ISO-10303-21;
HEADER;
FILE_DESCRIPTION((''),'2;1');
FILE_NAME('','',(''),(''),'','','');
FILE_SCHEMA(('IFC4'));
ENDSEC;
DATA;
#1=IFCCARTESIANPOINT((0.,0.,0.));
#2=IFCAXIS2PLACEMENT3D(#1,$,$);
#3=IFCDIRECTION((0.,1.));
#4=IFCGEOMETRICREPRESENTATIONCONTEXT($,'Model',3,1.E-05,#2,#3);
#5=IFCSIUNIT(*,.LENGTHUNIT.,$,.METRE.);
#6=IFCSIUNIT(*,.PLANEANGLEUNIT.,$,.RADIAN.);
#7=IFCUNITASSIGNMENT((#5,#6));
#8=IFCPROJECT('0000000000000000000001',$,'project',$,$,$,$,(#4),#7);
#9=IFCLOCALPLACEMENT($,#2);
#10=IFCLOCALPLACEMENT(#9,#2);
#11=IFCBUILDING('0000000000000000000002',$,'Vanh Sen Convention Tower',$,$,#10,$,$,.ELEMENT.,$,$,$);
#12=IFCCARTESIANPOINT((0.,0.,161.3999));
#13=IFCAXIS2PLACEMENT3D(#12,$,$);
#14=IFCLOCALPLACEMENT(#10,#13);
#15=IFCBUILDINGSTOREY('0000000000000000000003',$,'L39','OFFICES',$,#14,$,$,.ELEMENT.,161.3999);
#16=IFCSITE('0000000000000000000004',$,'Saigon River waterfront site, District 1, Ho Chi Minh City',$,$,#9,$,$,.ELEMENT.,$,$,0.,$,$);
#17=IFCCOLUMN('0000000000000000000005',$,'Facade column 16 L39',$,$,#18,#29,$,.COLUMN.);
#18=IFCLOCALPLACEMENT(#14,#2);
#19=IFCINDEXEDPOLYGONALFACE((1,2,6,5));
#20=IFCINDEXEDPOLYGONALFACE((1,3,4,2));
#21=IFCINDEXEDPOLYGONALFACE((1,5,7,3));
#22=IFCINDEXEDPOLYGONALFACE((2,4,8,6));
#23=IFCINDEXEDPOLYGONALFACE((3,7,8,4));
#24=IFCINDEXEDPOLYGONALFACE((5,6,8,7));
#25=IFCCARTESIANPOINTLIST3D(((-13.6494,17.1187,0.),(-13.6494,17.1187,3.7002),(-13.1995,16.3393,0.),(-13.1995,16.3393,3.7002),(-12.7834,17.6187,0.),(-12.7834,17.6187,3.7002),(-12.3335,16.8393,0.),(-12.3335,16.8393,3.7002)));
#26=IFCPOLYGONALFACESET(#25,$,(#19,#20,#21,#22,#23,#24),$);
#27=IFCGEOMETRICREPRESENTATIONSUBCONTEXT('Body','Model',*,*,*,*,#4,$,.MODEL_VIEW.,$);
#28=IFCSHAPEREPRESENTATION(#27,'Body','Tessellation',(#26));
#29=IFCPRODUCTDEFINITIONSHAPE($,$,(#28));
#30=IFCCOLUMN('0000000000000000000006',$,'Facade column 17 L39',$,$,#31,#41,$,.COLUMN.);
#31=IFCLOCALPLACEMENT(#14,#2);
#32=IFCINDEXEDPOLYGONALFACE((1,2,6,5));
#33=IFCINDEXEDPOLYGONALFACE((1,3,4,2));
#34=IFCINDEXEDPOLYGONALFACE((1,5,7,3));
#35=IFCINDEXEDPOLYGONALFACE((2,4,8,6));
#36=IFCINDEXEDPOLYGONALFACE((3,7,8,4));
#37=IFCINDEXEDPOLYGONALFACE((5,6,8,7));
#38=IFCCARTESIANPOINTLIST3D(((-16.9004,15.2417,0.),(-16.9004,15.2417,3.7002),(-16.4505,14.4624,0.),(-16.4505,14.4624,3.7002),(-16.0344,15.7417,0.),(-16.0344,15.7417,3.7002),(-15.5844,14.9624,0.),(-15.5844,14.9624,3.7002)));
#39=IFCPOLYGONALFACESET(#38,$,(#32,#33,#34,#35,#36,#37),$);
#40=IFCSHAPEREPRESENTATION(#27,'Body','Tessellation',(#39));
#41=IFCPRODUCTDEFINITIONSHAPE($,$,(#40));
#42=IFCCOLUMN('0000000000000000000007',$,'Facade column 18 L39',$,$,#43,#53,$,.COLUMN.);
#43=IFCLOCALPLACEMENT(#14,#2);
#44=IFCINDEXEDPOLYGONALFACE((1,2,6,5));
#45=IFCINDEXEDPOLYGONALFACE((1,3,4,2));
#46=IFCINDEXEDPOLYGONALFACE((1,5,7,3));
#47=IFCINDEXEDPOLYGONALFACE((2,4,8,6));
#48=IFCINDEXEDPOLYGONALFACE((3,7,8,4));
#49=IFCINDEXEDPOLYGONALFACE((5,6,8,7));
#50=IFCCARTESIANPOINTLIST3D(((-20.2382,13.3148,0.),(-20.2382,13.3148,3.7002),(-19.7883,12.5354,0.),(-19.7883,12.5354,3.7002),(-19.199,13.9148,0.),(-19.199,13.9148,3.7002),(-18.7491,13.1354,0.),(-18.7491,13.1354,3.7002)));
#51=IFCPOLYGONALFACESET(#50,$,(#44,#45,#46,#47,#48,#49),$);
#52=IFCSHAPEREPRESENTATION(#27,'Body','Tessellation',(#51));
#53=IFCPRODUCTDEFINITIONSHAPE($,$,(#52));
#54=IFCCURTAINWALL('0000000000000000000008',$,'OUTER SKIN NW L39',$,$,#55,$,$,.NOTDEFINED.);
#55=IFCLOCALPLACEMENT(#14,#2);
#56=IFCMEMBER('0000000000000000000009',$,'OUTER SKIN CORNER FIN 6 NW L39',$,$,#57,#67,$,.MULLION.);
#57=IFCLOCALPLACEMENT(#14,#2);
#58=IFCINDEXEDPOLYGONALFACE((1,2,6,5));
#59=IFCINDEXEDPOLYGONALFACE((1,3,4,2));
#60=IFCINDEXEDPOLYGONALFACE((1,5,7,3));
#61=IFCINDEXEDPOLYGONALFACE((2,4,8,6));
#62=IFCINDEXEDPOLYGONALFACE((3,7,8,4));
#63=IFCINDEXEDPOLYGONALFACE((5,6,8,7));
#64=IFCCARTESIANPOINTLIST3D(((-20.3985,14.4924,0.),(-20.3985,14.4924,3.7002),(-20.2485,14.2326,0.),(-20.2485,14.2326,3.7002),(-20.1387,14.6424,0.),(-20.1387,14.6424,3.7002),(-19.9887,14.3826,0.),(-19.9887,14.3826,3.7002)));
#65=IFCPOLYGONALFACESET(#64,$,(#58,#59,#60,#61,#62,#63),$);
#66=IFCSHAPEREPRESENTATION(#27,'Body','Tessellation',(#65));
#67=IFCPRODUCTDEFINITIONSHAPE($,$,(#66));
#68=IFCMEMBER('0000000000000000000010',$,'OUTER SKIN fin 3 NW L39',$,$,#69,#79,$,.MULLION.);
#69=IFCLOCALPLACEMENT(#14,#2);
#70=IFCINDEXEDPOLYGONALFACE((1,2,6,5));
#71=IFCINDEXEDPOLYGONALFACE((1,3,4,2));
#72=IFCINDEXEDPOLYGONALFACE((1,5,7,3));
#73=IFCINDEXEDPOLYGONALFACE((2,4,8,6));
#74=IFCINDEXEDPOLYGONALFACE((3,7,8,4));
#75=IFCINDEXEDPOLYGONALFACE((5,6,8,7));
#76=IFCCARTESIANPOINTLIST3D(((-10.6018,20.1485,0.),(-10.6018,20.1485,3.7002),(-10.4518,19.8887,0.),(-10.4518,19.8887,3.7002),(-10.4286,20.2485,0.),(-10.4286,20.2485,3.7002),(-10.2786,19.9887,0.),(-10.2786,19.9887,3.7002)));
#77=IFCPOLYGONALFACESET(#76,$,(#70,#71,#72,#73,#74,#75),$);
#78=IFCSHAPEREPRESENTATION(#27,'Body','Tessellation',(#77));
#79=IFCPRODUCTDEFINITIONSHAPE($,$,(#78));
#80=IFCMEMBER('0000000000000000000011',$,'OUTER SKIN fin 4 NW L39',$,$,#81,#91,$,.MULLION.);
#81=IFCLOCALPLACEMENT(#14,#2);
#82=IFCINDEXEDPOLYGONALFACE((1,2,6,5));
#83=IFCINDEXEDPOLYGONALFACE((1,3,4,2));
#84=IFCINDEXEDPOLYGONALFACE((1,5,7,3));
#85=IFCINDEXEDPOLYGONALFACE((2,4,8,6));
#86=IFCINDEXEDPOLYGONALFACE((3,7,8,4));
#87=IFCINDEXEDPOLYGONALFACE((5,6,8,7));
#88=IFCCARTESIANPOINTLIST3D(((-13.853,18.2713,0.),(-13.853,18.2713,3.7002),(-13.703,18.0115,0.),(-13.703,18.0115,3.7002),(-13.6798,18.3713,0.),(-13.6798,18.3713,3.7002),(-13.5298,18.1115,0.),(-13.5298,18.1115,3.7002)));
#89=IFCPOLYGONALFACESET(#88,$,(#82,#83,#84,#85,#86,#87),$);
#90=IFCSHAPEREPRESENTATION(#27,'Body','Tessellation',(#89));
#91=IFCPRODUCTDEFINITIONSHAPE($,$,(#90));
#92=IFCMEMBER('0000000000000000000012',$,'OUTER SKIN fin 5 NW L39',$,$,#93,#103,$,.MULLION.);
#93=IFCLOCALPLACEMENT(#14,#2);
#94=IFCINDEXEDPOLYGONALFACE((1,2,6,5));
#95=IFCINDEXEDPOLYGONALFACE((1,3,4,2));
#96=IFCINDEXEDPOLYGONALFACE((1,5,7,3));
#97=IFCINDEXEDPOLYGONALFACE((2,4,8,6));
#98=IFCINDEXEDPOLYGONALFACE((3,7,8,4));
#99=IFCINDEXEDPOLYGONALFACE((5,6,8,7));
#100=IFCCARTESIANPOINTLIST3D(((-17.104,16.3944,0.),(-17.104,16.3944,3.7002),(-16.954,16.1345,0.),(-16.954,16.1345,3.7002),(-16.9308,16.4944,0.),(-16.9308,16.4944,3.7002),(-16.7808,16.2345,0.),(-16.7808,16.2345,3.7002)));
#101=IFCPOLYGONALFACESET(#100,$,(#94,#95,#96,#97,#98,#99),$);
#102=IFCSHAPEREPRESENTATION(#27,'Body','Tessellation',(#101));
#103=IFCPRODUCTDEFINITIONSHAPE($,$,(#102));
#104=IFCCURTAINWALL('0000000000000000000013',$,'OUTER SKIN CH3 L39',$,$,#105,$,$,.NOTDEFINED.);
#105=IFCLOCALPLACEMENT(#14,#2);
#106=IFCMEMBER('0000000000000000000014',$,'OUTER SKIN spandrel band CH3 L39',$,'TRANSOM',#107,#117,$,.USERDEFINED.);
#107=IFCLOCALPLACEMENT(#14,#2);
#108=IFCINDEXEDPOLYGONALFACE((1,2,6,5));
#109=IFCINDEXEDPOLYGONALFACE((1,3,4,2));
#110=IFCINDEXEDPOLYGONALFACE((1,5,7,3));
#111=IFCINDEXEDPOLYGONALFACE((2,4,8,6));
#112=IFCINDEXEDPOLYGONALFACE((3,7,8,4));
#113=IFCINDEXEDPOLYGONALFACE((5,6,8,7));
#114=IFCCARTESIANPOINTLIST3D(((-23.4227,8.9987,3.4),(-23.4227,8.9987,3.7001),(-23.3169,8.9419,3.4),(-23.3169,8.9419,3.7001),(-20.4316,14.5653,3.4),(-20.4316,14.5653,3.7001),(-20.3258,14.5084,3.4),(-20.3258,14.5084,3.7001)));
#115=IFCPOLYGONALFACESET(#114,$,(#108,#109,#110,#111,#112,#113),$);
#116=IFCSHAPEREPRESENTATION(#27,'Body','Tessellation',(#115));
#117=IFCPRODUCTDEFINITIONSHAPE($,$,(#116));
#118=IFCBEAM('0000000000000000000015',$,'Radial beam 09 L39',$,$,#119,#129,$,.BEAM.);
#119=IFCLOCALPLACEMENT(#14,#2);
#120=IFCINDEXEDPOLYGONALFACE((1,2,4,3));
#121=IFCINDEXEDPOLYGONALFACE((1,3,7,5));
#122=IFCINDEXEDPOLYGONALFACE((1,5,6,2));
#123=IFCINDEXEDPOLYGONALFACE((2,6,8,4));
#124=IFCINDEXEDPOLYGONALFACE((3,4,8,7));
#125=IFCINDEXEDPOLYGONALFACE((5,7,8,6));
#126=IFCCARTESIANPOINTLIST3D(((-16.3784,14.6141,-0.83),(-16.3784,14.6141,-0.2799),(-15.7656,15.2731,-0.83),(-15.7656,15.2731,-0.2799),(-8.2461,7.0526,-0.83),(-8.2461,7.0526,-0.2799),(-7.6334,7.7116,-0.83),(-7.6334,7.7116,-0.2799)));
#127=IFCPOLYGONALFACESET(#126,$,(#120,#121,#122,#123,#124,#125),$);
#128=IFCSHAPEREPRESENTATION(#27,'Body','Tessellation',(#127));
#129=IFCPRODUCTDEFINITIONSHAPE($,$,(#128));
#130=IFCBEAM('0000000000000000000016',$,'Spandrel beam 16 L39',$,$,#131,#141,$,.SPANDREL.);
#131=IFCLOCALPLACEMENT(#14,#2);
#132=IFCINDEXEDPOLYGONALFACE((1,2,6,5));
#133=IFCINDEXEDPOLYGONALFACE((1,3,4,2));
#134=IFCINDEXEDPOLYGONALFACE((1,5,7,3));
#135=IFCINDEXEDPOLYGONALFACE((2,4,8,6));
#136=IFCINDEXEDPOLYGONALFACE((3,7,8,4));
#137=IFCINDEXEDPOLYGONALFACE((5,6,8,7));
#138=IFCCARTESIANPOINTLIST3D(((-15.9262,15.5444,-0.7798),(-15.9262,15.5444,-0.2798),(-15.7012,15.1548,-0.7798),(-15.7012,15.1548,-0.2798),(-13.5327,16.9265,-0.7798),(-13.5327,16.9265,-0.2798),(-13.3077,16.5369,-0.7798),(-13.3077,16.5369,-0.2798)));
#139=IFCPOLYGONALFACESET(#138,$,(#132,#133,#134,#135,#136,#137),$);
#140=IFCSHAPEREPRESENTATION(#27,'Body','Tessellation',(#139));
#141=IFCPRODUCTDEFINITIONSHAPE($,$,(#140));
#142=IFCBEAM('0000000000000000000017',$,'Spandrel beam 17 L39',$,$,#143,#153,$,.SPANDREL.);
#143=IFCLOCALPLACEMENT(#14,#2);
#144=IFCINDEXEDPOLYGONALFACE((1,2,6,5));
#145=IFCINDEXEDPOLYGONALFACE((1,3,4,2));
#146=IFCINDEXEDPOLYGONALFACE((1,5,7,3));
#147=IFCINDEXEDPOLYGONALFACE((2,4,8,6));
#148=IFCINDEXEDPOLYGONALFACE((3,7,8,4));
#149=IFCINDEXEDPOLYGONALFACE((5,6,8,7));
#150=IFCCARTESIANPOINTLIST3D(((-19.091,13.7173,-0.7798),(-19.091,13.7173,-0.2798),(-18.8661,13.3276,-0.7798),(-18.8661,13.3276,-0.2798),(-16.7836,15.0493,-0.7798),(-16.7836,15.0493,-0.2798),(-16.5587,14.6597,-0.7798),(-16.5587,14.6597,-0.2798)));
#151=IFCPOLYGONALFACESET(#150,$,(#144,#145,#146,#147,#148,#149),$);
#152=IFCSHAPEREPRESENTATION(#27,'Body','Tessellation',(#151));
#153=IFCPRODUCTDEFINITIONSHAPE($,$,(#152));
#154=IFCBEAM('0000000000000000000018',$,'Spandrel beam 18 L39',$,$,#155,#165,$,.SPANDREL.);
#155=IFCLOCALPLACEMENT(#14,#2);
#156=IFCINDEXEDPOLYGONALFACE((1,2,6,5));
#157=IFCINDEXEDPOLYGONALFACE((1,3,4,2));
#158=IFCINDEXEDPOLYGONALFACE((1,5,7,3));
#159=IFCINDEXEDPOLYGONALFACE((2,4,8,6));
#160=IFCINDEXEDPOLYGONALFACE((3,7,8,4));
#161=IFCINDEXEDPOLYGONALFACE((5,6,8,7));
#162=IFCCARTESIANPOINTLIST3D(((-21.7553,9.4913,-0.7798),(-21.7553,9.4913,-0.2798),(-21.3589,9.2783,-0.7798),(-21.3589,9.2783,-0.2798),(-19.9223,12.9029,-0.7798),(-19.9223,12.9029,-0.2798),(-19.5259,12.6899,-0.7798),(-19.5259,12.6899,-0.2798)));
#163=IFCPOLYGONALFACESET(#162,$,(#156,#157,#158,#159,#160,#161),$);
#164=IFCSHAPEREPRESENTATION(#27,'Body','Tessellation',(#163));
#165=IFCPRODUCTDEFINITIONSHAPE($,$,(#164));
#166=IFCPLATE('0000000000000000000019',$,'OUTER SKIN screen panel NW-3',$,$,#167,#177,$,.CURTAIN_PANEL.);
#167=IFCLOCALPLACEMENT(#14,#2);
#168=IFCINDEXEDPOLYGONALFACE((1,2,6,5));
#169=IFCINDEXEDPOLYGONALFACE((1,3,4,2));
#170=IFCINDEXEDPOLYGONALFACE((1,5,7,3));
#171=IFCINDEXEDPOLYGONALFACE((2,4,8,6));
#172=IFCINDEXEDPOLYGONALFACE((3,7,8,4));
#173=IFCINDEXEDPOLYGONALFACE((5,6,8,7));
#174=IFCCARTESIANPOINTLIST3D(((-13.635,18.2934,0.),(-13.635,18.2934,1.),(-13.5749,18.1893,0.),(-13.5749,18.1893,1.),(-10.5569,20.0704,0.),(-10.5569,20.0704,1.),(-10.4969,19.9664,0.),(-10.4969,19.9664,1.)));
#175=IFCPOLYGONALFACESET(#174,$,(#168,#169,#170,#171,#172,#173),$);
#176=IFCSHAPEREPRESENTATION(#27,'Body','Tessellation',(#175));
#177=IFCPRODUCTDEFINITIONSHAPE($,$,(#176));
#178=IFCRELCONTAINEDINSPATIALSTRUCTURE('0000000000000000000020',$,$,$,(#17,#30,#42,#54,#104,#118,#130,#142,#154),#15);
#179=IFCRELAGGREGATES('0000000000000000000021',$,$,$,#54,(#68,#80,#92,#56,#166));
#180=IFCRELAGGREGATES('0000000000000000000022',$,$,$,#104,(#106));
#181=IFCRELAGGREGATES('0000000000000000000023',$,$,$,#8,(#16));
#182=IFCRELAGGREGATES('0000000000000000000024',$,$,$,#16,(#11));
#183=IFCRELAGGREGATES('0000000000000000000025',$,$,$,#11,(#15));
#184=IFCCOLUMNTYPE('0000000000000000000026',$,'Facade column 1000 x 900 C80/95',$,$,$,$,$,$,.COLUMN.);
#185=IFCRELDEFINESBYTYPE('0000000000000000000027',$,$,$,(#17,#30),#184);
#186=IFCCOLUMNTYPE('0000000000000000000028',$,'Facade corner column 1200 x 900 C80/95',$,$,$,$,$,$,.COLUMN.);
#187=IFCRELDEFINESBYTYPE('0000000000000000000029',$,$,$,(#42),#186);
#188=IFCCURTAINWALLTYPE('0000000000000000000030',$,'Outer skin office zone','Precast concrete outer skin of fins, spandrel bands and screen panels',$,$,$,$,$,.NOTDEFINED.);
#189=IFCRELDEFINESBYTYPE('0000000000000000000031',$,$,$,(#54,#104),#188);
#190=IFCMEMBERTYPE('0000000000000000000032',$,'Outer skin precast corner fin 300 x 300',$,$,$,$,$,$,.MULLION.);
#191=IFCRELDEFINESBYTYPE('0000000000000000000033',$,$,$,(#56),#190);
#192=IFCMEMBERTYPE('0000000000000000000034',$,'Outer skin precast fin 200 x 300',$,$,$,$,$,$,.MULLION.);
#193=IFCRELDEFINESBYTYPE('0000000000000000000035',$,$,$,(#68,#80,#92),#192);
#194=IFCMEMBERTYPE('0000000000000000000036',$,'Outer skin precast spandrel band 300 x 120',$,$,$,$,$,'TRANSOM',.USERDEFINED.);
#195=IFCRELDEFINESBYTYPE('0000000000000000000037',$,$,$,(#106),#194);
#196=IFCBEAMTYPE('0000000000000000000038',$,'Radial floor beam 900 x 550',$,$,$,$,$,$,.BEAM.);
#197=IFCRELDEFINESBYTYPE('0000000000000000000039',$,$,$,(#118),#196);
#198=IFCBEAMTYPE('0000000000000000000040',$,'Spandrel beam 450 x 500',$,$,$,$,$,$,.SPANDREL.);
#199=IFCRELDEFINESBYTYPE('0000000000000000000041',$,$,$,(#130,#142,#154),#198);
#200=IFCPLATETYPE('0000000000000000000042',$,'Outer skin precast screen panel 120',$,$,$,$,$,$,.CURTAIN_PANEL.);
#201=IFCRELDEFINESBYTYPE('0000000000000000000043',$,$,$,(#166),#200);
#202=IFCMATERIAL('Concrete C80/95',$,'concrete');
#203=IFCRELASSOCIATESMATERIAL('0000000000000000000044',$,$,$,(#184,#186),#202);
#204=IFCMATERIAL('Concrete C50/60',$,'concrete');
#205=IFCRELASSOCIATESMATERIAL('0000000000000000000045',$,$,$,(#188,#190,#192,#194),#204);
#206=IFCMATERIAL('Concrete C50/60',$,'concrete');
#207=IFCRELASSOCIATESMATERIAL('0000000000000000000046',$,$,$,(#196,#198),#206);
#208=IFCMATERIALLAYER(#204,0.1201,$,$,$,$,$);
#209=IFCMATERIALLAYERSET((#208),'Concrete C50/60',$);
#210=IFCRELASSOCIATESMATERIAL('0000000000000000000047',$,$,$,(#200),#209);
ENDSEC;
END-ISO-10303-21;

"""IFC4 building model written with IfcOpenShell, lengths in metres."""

from ifc_helpers import new_model, si_unit, direction, frame, origin, origin_2d, place, context, subcontext, project, spatial, rectangle, extrude, material, layer, layer_set, material_profile, profile_set, type_object, element, aggregate, save


model = new_model("IFC4")

# Units and contexts
model_context = context("Model", 3, precision=1e-05, world=origin(), true_north=direction((0.0, 1.0)))
body_context = subcontext(model_context, "Body", "Model", "MODEL_VIEW")
ifc_project = project(units=[si_unit("LENGTHUNIT", "METRE"), si_unit("PLANEANGLEUNIT", "RADIAN")], contexts=[model_context])

# Site, building, storey
site_placement = place(None, origin())
site = spatial("IfcSite", under=ifc_project, at=site_placement, Name="Saigon River waterfront site, District 1, Ho Chi Minh City", CompositionType="ELEMENT", RefElevation=0.0)
building_placement = place(site_placement, origin())
building = spatial("IfcBuilding", under=site, at=building_placement, Name="Vanh Sen Convention Tower", CompositionType="ELEMENT")
storey_placement = place(building_placement, frame((0.0, 0.0, 161.3999)))
storey = spatial("IfcBuildingStorey", under=building, at=storey_placement, Name="L39", Description="OFFICES", CompositionType="ELEMENT", Elevation=161.3999)

# Columns
ifc_material_1 = material(Name="Concrete C80/95", Category="concrete")
ifc_material_profile_1 = material_profile(ifc_material_1, rectangle(XDim=1.0, YDim=0.8999, at=origin_2d()), Name="RC 1000X900")
ifc_profile_set_1 = profile_set([ifc_material_profile_1], Name="Concrete C80/95")
column_type_1 = type_object("IfcColumnType", Name="Facade column 1000 x 900 C80/95", PredefinedType="COLUMN", material=ifc_profile_set_1)
for number, where, z_axis, x_axis, name in (
    (1, (-12.9915, 16.979, 0.0), (0.0, 0.0, 1.0), (-0.866025, -0.5, 0.0), "Facade column 16 L39"),
    (2, (-16.2424, 15.1021, 0.0), (0.0, 0.0, 1.0), (-0.866025, -0.5, 0.0), "Facade column 17 L39"),
):
    element("IfcColumn", number, at=place(storey_placement, frame(where, z_axis=z_axis, x_axis=x_axis)), inside=storey, type_object=column_type_1, Name=name, PredefinedType="COLUMN", context=body_context, shape_type="SweptSolid", body=[
        extrude(rectangle(XDim=1.0, YDim=0.8999, at=origin_2d()), origin(), (0.0, 0.0, 1.0), 3.7002),
    ])
ifc_material_profile_2 = material_profile(ifc_material_1, rectangle(XDim=1.2, YDim=0.8999, at=origin_2d()), Name="RC 1200X900")
ifc_profile_set_2 = profile_set([ifc_material_profile_2], Name="Concrete C80/95")
column_type_2 = type_object("IfcColumnType", Name="Facade corner column 1200 x 900 C80/95", PredefinedType="COLUMN", material=ifc_profile_set_2)
column_placement = place(storey_placement, frame((-19.4937, 13.2251, 0.0), z_axis=(0.0, 0.0, 1.0), x_axis=(-0.866025, -0.5, 0.0)))
element("IfcColumn", 3, at=column_placement, inside=storey, type_object=column_type_2, Name="Facade column 18 L39", PredefinedType="COLUMN", context=body_context, shape_type="SweptSolid", body=[
    extrude(rectangle(XDim=1.2, YDim=0.8999, at=origin_2d()), origin(), (0.0, 0.0, 1.0), 3.7002),
])

# Curtain wall, members
ifc_material_2 = material(Name="Concrete C50/60", Category="concrete")
curtain_wall_type = type_object("IfcCurtainWallType", Name="Outer skin office zone", Description="Precast concrete outer skin of fins, spandrel bands and screen panels", PredefinedType="NOTDEFINED", material=ifc_material_2)
curtain_wall_1_placement = place(storey_placement, origin())
curtain_wall_1 = element("IfcCurtainWall", 4, at=curtain_wall_1_placement, inside=storey, type_object=curtain_wall_type, Name="OUTER SKIN NW L39", PredefinedType="NOTDEFINED")
ifc_material_profile_3 = material_profile(ifc_material_2, rectangle(XDim=0.3, YDim=0.3, at=origin_2d()), Name="Outer skin precast corner fin 300 x 300")
ifc_profile_set_3 = profile_set([ifc_material_profile_3], Name="Concrete C50/60")
member_type_1 = type_object("IfcMemberType", Name="Outer skin precast corner fin 300 x 300", PredefinedType="MULLION", material=ifc_profile_set_3)
member_1_placement = place(storey_placement, frame((-20.1936, 14.4375, 0.0), z_axis=(0.0, 0.0, 1.0), x_axis=(-0.866025, -0.5, 0.0)))
member_1 = element("IfcMember", 5, at=member_1_placement, type_object=member_type_1, Name="OUTER SKIN CORNER FIN 6 NW L39", PredefinedType="MULLION", context=body_context, shape_type="SweptSolid", body=[
    extrude(rectangle(XDim=0.3, YDim=0.3, at=origin_2d()), origin(), (0.0, 0.0, 1.0), 3.7002),
])
ifc_material_profile_4 = material_profile(ifc_material_2, rectangle(XDim=0.2, YDim=0.3, at=origin_2d()), Name="Outer skin precast fin 200 x 300")
ifc_profile_set_4 = profile_set([ifc_material_profile_4], Name="Concrete C50/60")
member_type_2 = type_object("IfcMemberType", Name="Outer skin precast fin 200 x 300", PredefinedType="MULLION", material=ifc_profile_set_4)
member_2_placement = place(storey_placement, frame((-10.4402, 20.0686, 0.0), z_axis=(0.0, 0.0, 1.0), x_axis=(-0.866025, -0.5, 0.0)))
member_2 = element("IfcMember", 6, at=member_2_placement, type_object=member_type_2, Name="OUTER SKIN fin 3 NW L39", PredefinedType="MULLION", context=body_context, shape_type="SweptSolid", body=[
    extrude(rectangle(XDim=0.2, YDim=0.3, at=origin_2d()), origin(), (0.0, 0.0, 1.0), 3.7002),
])
member_3_placement = place(storey_placement, frame((-13.6914, 18.1914, 0.0), z_axis=(0.0, 0.0, 1.0), x_axis=(-0.866025, -0.5, 0.0)))
member_3 = element("IfcMember", 7, at=member_3_placement, type_object=member_type_2, Name="OUTER SKIN fin 4 NW L39", PredefinedType="MULLION", context=body_context, shape_type="SweptSolid", body=[
    extrude(rectangle(XDim=0.2, YDim=0.3, at=origin_2d()), origin(), (0.0, 0.0, 1.0), 3.7002),
])
member_4_placement = place(storey_placement, frame((-16.9424, 16.3145, 0.0), z_axis=(0.0, 0.0, 1.0), x_axis=(-0.866025, -0.5, 0.0)))
member_4 = element("IfcMember", 8, at=member_4_placement, type_object=member_type_2, Name="OUTER SKIN fin 5 NW L39", PredefinedType="MULLION", context=body_context, shape_type="SweptSolid", body=[
    extrude(rectangle(XDim=0.2, YDim=0.3, at=origin_2d()), origin(), (0.0, 0.0, 1.0), 3.7002),
])

# Curtain wall, member
curtain_wall_2_placement = place(storey_placement, origin())
curtain_wall_2 = element("IfcCurtainWall", 9, at=curtain_wall_2_placement, inside=storey, type_object=curtain_wall_type, Name="OUTER SKIN CH3 L39", PredefinedType="NOTDEFINED")
ifc_material_profile_5 = material_profile(ifc_material_2, rectangle(XDim=0.1201, YDim=0.3, at=origin_2d()), Name="Outer skin precast spandrel band 300 x 120")
ifc_profile_set_5 = profile_set([ifc_material_profile_5], Name="Concrete C50/60")
member_type_3 = type_object("IfcMemberType", Name="Outer skin precast spandrel band 300 x 120", ElementType="TRANSOM", PredefinedType="USERDEFINED", material=ifc_profile_set_5)
member_5_placement = place(storey_placement, frame((-20.3787, 14.5369, 3.55), z_axis=(-0.473337, -0.880881, 0.0), x_axis=(0.880881, -0.473337, 0.0)))
member_5 = element("IfcMember", 10, at=member_5_placement, type_object=member_type_3, Name="OUTER SKIN spandrel band CH3 L39", ObjectType="TRANSOM", PredefinedType="USERDEFINED", context=body_context, shape_type="SweptSolid", body=[
    extrude(rectangle(XDim=0.1201, YDim=0.3, at=origin_2d()), origin(), (0.0, 0.0, 1.0), 6.3193),
])

# Beams
ifc_material_3 = material(Name="Concrete C50/60", Category="concrete")
ifc_material_profile_6 = material_profile(ifc_material_3, rectangle(XDim=0.8999, YDim=0.55, at=origin_2d()), Name="RC 900X550")
ifc_profile_set_6 = profile_set([ifc_material_profile_6], Name="Concrete C50/60")
beam_type_1 = type_object("IfcBeamType", Name="Radial floor beam 900 x 550", PredefinedType="BEAM", material=ifc_profile_set_6)
beam_1_placement = place(storey_placement, frame((-16.072, 14.9436, -0.5549), z_axis=(0.732341, -0.680938, 0.0), x_axis=(0.680938, 0.732341, 0.0)))
element("IfcBeam", 11, at=beam_1_placement, inside=storey, type_object=beam_type_1, Name="Radial beam 09 L39", PredefinedType="BEAM", context=body_context, shape_type="SweptSolid", body=[
    extrude(rectangle(XDim=0.8999, YDim=0.55, at=origin_2d()), origin(), (0.0, 0.0, 1.0), 11.1045),
])
ifc_material_profile_7 = material_profile(ifc_material_3, rectangle(XDim=0.45, YDim=0.5, at=origin_2d()), Name="RC 450X500")
ifc_profile_set_7 = profile_set([ifc_material_profile_7], Name="Concrete C50/60")
beam_type_2 = type_object("IfcBeamType", Name="Spandrel beam 450 x 500", PredefinedType="SPANDREL", material=ifc_profile_set_7)
beam_2_placement = place(storey_placement, frame((-13.4202, 16.7317, -0.5298), z_axis=(-0.866, -0.500044, 0.0), x_axis=(0.500044, -0.866, 0.0)))
element("IfcBeam", 12, at=beam_2_placement, inside=storey, type_object=beam_type_2, Name="Spandrel beam 16 L39", PredefinedType="SPANDREL", context=body_context, shape_type="SweptSolid", body=[
    extrude(rectangle(XDim=0.45, YDim=0.5, at=origin_2d()), origin(), (0.0, 0.0, 1.0), 2.7639),
])
beam_3_placement = place(storey_placement, frame((-16.6711, 14.8545, -0.5298), z_axis=(-0.866047, -0.499963, 0.0), x_axis=(0.499963, -0.866047, 0.0)))
element("IfcBeam", 13, at=beam_3_placement, inside=storey, type_object=beam_type_2, Name="Spandrel beam 17 L39", PredefinedType="SPANDREL", context=body_context, shape_type="SweptSolid", body=[
    extrude(rectangle(XDim=0.45, YDim=0.5, at=origin_2d()), origin(), (0.0, 0.0, 1.0), 2.6643),
])
beam_4_placement = place(storey_placement, frame((-19.7241, 12.7964, -0.5298), z_axis=(-0.473295, -0.880904, 0.0), x_axis=(0.880904, -0.473295, 0.0)))
element("IfcBeam", 14, at=beam_4_placement, inside=storey, type_object=beam_type_2, Name="Spandrel beam 18 L39", PredefinedType="SPANDREL", context=body_context, shape_type="SweptSolid", body=[
    extrude(rectangle(XDim=0.45, YDim=0.5, at=origin_2d()), origin(), (0.0, 0.0, 1.0), 3.8728),
])

# Plate
ifc_layer_1 = layer(ifc_material_2, 0.1201)
ifc_layer_set_1 = layer_set([ifc_layer_1], Name="Concrete C50/60")
plate_type = type_object("IfcPlateType", Name="Outer skin precast screen panel 120", PredefinedType="CURTAIN_PANEL", material=ifc_layer_set_1)
plate_1_placement = place(storey_placement, frame((-12.0659, 19.1299, 0.0), z_axis=(0.0, 0.0, 1.0), x_axis=(-0.866035, -0.499983, 0.0)))
plate_1 = element("IfcPlate", 15, at=plate_1_placement, type_object=plate_type, Name="OUTER SKIN screen panel NW-3", PredefinedType="CURTAIN_PANEL", context=body_context, shape_type="SweptSolid", body=[
    extrude(rectangle(XDim=3.5542, YDim=0.1201, at=origin_2d()), origin(), (0.0, 0.0, 1.0), 1.0),
])
aggregate(curtain_wall_1, [member_2, member_3, member_4, member_1, plate_1])
aggregate(curtain_wall_2, [member_5])

save(model, "model.ifc")
